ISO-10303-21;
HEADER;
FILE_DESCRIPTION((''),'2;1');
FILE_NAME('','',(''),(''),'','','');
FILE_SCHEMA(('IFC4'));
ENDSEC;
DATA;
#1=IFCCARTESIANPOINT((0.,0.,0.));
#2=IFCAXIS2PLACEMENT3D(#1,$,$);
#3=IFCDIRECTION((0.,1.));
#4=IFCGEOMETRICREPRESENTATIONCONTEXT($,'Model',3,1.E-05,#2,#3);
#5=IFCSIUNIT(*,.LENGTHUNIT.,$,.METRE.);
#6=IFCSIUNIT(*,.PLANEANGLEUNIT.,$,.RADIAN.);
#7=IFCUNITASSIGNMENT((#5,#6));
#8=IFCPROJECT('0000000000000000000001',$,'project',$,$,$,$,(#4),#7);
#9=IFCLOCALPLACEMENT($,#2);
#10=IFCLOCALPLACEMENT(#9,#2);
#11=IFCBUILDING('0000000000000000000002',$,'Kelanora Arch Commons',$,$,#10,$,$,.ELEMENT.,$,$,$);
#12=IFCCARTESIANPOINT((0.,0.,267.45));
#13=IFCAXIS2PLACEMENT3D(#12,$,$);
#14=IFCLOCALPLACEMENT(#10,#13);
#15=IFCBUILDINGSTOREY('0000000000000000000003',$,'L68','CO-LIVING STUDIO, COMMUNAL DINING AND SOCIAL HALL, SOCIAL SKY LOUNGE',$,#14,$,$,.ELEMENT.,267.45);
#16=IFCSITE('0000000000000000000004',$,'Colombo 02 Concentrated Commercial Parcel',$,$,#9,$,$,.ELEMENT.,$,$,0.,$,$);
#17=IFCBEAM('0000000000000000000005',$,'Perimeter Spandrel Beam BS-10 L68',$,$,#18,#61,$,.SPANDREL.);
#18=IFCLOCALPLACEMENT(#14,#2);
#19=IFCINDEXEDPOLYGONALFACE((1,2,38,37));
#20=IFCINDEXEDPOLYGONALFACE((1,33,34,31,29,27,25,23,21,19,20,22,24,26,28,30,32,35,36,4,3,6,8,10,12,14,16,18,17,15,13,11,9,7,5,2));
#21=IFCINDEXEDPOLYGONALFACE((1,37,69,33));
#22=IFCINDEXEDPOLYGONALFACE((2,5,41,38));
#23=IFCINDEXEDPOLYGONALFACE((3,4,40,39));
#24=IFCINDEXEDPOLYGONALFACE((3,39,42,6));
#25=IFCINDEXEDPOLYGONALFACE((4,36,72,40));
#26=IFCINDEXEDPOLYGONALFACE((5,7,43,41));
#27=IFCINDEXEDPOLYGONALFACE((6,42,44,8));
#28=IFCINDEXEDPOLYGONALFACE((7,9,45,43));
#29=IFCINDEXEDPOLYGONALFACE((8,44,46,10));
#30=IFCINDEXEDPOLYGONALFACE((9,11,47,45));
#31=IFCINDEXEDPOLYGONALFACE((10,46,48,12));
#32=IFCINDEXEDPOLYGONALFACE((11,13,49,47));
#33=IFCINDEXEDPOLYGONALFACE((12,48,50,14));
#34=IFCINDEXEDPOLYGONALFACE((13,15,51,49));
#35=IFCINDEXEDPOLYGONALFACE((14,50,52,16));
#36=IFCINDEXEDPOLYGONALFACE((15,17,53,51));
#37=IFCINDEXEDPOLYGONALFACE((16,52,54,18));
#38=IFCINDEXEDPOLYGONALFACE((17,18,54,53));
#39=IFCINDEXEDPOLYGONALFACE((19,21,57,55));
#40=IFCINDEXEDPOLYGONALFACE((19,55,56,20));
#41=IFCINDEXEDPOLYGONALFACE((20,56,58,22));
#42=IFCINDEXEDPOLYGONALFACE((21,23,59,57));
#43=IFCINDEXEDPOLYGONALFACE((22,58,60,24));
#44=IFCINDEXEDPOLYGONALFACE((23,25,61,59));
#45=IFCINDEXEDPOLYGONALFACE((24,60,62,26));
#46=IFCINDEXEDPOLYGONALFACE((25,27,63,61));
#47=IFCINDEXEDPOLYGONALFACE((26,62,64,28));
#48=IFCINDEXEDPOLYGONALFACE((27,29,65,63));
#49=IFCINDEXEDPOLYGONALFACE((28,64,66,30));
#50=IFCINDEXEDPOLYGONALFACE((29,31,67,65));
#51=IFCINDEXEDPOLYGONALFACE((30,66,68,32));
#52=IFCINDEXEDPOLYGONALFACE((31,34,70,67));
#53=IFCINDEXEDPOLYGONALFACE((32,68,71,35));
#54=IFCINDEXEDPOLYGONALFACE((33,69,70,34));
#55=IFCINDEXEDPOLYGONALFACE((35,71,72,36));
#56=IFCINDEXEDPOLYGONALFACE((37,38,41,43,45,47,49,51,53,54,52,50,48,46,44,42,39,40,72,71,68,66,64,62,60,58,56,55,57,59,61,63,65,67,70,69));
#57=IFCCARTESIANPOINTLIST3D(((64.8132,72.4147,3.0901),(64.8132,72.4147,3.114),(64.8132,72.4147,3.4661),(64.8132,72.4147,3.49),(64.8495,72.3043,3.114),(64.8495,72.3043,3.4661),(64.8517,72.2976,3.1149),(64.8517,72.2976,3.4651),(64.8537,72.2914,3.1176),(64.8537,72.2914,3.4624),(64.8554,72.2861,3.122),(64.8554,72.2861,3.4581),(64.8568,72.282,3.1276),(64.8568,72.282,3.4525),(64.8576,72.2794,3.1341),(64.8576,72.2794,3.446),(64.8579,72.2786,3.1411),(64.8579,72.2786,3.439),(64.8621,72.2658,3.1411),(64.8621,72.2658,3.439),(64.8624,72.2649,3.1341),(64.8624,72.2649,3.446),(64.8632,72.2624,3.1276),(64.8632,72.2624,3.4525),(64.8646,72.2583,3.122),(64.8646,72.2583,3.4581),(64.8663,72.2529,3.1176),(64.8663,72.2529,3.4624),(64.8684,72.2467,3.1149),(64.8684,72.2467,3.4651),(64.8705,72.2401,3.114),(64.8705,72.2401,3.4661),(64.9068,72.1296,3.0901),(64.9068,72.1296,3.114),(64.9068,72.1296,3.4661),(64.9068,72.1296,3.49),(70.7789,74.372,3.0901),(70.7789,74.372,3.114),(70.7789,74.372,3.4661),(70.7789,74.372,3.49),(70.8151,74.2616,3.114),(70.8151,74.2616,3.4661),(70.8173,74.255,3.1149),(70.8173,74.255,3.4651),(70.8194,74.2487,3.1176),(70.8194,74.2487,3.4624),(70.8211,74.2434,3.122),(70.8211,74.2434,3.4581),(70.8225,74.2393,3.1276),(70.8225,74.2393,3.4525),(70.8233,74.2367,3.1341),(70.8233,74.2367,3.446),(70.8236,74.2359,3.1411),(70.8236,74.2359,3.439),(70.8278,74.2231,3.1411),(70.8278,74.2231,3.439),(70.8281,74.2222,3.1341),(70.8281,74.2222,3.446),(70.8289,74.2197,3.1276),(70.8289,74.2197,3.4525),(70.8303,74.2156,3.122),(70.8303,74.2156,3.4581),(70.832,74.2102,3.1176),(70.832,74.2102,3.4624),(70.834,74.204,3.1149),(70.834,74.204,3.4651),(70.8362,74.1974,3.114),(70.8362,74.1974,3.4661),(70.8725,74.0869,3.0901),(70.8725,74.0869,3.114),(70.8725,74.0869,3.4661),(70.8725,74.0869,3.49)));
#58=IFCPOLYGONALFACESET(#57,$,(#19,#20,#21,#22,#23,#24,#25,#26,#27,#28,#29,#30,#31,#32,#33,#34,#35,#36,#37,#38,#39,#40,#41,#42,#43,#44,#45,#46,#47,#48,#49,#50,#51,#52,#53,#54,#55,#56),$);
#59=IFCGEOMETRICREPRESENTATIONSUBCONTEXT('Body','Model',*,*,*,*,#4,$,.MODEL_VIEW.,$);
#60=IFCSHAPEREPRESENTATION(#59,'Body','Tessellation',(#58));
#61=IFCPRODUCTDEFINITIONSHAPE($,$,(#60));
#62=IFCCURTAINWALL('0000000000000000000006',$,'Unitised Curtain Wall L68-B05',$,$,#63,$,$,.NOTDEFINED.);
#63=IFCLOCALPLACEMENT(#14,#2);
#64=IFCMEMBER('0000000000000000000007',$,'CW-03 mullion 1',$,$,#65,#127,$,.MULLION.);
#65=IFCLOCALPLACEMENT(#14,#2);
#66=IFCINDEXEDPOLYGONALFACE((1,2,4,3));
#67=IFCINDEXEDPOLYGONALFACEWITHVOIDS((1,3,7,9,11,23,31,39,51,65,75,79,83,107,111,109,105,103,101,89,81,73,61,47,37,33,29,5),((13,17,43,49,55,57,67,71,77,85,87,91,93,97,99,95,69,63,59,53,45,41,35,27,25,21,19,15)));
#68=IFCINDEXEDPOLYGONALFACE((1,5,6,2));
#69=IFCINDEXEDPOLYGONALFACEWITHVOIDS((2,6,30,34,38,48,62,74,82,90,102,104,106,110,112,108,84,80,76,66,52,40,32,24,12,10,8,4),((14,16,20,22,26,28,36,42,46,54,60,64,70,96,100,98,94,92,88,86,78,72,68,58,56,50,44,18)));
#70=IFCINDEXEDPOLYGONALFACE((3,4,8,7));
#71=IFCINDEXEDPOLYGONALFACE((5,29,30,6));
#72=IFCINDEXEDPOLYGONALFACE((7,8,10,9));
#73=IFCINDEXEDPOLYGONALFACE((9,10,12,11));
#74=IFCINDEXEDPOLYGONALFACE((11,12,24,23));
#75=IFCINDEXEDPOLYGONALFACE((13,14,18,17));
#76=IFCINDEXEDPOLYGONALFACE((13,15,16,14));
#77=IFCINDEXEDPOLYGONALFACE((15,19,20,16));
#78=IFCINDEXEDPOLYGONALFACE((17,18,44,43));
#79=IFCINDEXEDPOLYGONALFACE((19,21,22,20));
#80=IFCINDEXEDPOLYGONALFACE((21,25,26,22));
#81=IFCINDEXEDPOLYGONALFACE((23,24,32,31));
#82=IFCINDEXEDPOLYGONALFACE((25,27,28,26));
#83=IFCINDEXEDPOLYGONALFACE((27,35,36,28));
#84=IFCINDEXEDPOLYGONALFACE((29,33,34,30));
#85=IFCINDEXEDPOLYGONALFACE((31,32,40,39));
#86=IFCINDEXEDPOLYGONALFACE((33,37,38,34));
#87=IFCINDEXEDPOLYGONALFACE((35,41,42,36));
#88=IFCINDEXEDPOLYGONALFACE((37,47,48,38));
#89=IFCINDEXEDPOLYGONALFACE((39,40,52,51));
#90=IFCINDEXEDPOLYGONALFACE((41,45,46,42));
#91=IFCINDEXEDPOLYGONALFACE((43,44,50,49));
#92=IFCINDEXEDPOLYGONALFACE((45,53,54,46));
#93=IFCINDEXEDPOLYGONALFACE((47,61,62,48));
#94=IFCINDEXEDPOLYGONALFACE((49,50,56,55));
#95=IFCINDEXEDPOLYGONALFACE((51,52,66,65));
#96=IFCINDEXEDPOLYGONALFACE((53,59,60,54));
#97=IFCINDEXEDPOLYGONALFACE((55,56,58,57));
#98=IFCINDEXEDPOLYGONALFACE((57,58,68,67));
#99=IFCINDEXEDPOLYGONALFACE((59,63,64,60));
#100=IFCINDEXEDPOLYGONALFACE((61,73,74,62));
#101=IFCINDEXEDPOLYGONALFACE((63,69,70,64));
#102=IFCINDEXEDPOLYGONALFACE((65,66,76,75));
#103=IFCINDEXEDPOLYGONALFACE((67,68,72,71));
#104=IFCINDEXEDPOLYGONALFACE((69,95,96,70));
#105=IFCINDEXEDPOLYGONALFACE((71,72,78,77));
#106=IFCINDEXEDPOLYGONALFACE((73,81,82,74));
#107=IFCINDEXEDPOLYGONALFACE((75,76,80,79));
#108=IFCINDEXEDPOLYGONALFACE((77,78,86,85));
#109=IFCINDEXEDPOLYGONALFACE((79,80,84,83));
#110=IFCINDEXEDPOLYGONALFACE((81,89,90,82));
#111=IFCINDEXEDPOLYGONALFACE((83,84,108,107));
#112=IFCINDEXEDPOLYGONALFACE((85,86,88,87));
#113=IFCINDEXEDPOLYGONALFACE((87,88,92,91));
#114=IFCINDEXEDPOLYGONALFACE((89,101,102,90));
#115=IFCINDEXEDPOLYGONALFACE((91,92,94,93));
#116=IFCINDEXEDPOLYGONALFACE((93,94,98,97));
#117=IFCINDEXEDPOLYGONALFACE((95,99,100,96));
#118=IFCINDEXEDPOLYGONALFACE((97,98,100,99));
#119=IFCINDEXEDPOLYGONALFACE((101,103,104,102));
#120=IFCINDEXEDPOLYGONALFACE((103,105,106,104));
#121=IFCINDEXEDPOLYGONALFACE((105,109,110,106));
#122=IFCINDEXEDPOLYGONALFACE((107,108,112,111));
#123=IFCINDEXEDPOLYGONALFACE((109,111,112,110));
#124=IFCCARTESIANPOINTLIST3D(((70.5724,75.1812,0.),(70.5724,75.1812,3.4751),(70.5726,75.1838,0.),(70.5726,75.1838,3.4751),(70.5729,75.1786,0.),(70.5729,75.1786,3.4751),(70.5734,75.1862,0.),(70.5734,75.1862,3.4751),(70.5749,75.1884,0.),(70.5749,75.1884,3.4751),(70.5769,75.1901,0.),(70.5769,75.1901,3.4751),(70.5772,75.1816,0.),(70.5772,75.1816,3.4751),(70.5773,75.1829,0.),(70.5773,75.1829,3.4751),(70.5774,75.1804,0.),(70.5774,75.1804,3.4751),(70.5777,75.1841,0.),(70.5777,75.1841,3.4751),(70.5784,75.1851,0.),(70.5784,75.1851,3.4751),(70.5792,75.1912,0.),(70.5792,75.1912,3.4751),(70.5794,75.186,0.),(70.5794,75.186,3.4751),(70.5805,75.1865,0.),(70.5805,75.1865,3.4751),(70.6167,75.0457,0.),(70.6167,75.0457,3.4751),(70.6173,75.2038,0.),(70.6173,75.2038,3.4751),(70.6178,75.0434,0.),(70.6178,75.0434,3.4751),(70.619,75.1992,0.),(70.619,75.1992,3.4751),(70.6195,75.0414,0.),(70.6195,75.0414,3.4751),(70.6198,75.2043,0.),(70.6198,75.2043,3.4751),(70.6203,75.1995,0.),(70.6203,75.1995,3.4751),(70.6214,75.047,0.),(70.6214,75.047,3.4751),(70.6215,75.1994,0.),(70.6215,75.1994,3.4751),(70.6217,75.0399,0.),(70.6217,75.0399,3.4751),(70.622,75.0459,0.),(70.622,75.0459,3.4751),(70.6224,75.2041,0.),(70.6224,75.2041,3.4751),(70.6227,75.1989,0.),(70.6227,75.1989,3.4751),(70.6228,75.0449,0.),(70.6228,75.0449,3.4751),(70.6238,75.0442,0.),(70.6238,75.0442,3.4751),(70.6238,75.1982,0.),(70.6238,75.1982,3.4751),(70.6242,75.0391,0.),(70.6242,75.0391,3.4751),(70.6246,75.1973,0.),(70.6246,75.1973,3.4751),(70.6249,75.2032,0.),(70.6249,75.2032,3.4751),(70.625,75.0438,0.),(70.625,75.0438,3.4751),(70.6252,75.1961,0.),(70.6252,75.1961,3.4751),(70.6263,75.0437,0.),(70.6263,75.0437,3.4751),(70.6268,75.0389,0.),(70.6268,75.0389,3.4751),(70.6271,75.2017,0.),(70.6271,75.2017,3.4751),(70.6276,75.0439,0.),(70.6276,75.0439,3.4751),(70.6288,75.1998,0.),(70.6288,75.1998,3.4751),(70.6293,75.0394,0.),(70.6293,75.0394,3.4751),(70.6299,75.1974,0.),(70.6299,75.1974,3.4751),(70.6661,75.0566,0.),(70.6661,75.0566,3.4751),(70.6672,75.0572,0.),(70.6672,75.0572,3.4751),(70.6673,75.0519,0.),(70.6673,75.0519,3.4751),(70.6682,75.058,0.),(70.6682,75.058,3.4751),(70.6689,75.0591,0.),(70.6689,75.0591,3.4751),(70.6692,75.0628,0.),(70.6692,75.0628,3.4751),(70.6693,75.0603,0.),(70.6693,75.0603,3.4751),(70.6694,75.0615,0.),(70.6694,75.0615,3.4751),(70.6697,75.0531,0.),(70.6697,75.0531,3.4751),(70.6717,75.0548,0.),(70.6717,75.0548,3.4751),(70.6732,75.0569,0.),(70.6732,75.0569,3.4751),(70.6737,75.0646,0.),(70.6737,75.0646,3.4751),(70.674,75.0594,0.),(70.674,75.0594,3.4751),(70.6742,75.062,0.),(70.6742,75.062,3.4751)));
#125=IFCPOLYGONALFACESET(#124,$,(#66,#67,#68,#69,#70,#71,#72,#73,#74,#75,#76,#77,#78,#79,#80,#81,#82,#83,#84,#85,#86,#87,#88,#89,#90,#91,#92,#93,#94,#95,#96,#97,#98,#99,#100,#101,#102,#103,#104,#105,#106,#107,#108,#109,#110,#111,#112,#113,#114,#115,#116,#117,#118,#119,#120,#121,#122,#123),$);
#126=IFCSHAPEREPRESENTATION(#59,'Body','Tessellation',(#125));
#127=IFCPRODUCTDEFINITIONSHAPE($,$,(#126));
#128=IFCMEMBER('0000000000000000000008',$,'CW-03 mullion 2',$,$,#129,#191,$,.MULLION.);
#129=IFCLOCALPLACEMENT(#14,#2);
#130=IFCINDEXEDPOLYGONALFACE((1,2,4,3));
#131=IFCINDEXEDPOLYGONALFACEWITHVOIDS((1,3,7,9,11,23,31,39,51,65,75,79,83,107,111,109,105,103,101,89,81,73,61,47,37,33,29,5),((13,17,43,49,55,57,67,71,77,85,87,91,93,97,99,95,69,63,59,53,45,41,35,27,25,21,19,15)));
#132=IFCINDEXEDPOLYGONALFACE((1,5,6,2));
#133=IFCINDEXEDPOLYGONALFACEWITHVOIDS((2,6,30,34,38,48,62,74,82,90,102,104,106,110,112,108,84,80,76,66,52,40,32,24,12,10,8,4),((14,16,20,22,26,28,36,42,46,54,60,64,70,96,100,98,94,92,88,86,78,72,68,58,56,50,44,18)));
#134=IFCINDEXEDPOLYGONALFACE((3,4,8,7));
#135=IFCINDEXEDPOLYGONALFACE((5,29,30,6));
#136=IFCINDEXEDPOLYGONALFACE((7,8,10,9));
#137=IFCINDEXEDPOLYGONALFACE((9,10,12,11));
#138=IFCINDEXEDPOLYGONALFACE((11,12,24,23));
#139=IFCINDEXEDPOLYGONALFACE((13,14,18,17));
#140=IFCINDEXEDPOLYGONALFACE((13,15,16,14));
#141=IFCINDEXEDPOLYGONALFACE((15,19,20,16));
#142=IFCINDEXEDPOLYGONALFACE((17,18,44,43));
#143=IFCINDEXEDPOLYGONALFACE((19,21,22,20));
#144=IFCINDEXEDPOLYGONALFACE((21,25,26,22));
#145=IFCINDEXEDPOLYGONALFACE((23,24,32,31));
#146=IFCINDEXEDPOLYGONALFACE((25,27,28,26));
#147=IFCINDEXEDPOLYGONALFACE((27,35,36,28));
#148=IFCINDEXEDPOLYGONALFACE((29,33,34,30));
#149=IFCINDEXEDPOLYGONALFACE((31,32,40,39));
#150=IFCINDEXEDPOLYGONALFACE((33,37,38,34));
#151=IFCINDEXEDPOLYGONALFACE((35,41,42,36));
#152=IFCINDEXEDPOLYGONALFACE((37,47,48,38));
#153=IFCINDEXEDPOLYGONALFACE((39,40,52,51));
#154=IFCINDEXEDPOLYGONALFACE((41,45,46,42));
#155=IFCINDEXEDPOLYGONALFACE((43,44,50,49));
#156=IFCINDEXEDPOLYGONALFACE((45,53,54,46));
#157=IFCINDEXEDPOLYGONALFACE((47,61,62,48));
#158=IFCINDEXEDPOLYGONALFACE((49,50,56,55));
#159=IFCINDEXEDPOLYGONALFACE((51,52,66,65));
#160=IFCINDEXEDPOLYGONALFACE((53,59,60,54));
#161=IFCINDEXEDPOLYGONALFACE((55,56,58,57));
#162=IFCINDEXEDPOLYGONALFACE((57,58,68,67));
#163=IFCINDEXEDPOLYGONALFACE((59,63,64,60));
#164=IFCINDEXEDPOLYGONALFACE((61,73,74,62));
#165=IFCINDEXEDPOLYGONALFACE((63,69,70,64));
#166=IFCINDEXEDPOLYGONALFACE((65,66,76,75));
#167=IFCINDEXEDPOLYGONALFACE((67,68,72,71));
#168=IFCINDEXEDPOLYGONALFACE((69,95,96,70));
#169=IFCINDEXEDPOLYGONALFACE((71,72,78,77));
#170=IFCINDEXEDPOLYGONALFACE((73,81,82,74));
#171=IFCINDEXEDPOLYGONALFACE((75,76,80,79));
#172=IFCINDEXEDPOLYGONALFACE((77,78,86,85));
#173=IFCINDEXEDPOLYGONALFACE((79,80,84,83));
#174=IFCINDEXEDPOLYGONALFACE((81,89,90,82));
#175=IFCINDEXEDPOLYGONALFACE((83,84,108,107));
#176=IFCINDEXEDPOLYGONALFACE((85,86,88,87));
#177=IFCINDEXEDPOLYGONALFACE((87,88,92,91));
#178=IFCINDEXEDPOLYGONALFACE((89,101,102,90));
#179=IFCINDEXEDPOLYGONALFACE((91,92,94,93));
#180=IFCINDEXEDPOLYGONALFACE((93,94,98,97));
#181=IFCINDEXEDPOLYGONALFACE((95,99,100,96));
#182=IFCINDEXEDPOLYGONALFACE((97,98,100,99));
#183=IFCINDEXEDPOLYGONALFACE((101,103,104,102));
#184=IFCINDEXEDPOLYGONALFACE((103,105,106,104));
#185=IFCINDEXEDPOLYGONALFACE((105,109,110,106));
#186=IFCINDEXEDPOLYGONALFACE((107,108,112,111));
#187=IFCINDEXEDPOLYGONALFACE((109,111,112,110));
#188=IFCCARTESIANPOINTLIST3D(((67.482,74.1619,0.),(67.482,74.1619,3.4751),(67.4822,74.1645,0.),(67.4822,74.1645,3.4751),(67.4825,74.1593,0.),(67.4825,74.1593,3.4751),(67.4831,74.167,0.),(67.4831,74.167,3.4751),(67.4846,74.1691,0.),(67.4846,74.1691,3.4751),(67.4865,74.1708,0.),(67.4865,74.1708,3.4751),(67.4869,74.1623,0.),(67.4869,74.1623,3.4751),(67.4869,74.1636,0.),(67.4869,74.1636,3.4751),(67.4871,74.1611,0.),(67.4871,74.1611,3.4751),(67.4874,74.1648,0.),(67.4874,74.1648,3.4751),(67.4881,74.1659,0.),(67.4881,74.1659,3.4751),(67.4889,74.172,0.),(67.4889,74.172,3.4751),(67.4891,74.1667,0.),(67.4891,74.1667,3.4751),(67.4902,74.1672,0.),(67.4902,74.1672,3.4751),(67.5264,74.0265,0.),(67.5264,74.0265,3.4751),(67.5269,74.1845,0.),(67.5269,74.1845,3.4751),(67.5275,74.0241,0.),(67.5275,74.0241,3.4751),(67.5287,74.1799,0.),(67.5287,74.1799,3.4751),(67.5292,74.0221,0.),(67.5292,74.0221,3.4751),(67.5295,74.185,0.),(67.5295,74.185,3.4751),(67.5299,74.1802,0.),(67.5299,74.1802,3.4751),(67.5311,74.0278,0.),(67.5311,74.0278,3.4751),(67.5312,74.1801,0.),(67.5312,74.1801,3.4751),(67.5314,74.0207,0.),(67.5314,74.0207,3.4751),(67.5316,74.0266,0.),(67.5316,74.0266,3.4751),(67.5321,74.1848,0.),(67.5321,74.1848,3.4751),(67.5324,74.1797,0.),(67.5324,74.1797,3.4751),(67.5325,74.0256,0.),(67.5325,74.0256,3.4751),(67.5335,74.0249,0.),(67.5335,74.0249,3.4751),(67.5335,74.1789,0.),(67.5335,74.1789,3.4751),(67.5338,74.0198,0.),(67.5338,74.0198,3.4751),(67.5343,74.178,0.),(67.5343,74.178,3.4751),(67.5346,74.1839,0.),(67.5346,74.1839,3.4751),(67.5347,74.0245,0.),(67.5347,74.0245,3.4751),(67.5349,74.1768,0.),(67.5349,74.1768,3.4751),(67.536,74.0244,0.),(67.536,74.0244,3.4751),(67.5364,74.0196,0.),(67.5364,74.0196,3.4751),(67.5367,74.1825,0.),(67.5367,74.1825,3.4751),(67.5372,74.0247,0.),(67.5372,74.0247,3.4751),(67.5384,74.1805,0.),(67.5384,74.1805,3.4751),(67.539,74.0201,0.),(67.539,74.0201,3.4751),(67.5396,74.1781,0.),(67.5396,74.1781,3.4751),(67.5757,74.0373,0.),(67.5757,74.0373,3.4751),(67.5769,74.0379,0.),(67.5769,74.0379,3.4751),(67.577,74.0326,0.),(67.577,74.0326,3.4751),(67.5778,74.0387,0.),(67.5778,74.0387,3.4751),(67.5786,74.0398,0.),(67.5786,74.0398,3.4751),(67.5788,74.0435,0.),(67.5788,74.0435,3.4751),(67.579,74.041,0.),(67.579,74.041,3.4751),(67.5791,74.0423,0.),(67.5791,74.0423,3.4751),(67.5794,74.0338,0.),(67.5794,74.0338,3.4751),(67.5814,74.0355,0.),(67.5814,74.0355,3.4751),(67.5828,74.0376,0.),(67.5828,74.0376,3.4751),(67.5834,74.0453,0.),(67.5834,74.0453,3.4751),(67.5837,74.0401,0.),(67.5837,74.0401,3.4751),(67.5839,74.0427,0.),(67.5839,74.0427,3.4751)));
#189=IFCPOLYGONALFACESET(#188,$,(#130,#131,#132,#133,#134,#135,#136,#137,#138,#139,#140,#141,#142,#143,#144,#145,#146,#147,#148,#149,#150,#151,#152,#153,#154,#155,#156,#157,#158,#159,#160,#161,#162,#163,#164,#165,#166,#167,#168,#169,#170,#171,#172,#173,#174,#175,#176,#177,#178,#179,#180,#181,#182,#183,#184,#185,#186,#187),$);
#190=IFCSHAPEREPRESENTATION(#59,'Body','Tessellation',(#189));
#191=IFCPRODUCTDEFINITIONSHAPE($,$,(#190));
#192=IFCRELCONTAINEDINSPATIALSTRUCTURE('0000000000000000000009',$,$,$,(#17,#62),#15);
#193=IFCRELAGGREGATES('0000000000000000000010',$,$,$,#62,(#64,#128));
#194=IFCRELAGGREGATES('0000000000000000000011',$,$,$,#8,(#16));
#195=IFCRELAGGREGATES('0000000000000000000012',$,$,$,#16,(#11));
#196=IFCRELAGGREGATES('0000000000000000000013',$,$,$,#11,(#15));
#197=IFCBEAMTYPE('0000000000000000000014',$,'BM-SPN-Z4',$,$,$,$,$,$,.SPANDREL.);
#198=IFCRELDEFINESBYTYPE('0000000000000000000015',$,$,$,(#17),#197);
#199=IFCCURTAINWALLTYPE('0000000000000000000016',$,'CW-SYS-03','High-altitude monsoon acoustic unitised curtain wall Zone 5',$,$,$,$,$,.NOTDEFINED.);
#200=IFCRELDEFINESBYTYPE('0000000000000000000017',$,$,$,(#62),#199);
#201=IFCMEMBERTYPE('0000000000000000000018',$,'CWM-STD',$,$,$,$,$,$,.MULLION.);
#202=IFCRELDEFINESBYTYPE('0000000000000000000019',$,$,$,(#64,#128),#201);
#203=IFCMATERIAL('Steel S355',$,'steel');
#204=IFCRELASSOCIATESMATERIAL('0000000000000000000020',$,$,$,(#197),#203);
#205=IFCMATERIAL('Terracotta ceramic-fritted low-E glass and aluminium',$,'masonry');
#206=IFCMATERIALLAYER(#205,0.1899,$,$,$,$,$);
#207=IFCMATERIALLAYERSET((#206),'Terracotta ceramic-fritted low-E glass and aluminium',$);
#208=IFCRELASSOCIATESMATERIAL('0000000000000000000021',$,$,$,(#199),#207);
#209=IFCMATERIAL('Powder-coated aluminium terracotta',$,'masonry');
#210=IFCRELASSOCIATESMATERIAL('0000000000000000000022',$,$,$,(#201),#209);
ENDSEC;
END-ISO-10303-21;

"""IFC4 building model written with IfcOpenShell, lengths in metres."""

from ifc_helpers import new_model, si_unit, direction, frame, origin, origin_2d, place, context, subcontext, project, spatial, hollow_rectangle, i_section, extrude, material, layer, layer_set, material_profile, profile_set, type_object, element, aggregate, save


model = new_model("IFC4")

# Units and contexts
model_context = context("Model", 3, precision=1e-05, world=origin(), true_north=direction((0.0, 1.0)))
body_context = subcontext(model_context, "Body", "Model", "MODEL_VIEW")
ifc_project = project(units=[si_unit("LENGTHUNIT", "METRE"), si_unit("PLANEANGLEUNIT", "RADIAN")], contexts=[model_context])

# Site, building, storey
site_placement = place(None, origin())
site = spatial("IfcSite", under=ifc_project, at=site_placement, Name="Colombo 02 Concentrated Commercial Parcel", CompositionType="ELEMENT", RefElevation=0.0)
building_placement = place(site_placement, origin())
building = spatial("IfcBuilding", under=site, at=building_placement, Name="Kelanora Arch Commons", CompositionType="ELEMENT")
storey_placement = place(building_placement, frame((0.0, 0.0, 267.45)))
storey = spatial("IfcBuildingStorey", under=building, at=storey_placement, Name="L68", Description="CO-LIVING STUDIO, COMMUNAL DINING AND SOCIAL HALL, SOCIAL SKY LOUNGE", CompositionType="ELEMENT", Elevation=267.45)

# Beam
ifc_material_1 = material(Name="Steel S355", Category="steel")
ifc_material_profile_1 = material_profile(ifc_material_1, i_section(OverallWidth=0.3, OverallDepth=0.3999, WebThickness=0.0134, FlangeThickness=0.0239, FilletRadius=0.0271, at=origin_2d()), Name="HEB400")
ifc_profile_set_1 = profile_set([ifc_material_profile_1], Name="Steel S355")
beam_type_1 = type_object("IfcBeamType", Name="BM-SPN-Z4", PredefinedType="SPANDREL", material=ifc_profile_set_1)
beam_1_placement = place(storey_placement, frame((70.8257, 74.2295, 3.29), z_axis=(-0.950166, -0.311745, 0.0), x_axis=(0.311745, -0.950166, 0.0)))
element("IfcBeam", 1, at=beam_1_placement, inside=storey, type_object=beam_type_1, Name="Perimeter Spandrel Beam BS-10 L68", PredefinedType="SPANDREL", context=body_context, shape_type="SweptSolid", body=[
    extrude(i_section(OverallWidth=0.3, OverallDepth=0.3999, WebThickness=0.0134, FlangeThickness=0.0239, FilletRadius=0.0271, at=origin_2d()), origin(), (0.0, 0.0, 1.0), 6.2786),
])

# Curtain wall, members
ifc_material_2 = material(Name="Terracotta ceramic-fritted low-E glass and aluminium", Category="masonry")
ifc_layer_1 = layer(ifc_material_2, 0.1899)
ifc_layer_set_1 = layer_set([ifc_layer_1], Name="Terracotta ceramic-fritted low-E glass and aluminium")
curtain_wall_type = type_object("IfcCurtainWallType", Name="CW-SYS-03", Description="High-altitude monsoon acoustic unitised curtain wall Zone 5", PredefinedType="NOTDEFINED", material=ifc_layer_set_1)
curtain_wall_placement = place(storey_placement, origin())
curtain_wall = element("IfcCurtainWall", 2, at=curtain_wall_placement, inside=storey, type_object=curtain_wall_type, Name="Unitised Curtain Wall L68-B05", PredefinedType="NOTDEFINED")
ifc_material_3 = material(Name="Powder-coated aluminium terracotta", Category="masonry")
ifc_material_profile_2 = material_profile(ifc_material_3, hollow_rectangle(XDim=0.1599, YDim=0.0601, WallThickness=0.0049, InnerFilletRadius=0.0049, OuterFilletRadius=0.01, at=origin_2d()), Name="CWM160x60")
ifc_profile_set_2 = profile_set([ifc_material_profile_2], Name="Powder-coated aluminium terracotta")
member_type_1 = type_object("IfcMemberType", Name="CWM-STD", PredefinedType="MULLION", material=ifc_profile_set_2)
member_1_placement = place(storey_placement, frame((70.6233, 75.1216, 0.0), z_axis=(0.0, 0.0, 1.0), x_axis=(0.313253, -0.94967, 0.0)))
member_1 = element("IfcMember", 3, at=member_1_placement, type_object=member_type_1, Name="CW-03 mullion 1", PredefinedType="MULLION", context=body_context, shape_type="SweptSolid", body=[
    extrude(hollow_rectangle(XDim=0.1599, YDim=0.0601, WallThickness=0.0049, InnerFilletRadius=0.0049, OuterFilletRadius=0.01, at=origin_2d()), origin(), (0.0, 0.0, 1.0), 3.4751),
])
member_2_placement = place(storey_placement, frame((67.533, 74.1023, 0.0), z_axis=(0.0, 0.0, 1.0), x_axis=(0.313253, -0.94967, 0.0)))
member_2 = element("IfcMember", 4, at=member_2_placement, type_object=member_type_1, Name="CW-03 mullion 2", PredefinedType="MULLION", context=body_context, shape_type="SweptSolid", body=[
    extrude(hollow_rectangle(XDim=0.1599, YDim=0.0601, WallThickness=0.0049, InnerFilletRadius=0.0049, OuterFilletRadius=0.01, at=origin_2d()), origin(), (0.0, 0.0, 1.0), 3.4751),
])
aggregate(curtain_wall, [member_1, member_2])

save(model, "model.ifc")
